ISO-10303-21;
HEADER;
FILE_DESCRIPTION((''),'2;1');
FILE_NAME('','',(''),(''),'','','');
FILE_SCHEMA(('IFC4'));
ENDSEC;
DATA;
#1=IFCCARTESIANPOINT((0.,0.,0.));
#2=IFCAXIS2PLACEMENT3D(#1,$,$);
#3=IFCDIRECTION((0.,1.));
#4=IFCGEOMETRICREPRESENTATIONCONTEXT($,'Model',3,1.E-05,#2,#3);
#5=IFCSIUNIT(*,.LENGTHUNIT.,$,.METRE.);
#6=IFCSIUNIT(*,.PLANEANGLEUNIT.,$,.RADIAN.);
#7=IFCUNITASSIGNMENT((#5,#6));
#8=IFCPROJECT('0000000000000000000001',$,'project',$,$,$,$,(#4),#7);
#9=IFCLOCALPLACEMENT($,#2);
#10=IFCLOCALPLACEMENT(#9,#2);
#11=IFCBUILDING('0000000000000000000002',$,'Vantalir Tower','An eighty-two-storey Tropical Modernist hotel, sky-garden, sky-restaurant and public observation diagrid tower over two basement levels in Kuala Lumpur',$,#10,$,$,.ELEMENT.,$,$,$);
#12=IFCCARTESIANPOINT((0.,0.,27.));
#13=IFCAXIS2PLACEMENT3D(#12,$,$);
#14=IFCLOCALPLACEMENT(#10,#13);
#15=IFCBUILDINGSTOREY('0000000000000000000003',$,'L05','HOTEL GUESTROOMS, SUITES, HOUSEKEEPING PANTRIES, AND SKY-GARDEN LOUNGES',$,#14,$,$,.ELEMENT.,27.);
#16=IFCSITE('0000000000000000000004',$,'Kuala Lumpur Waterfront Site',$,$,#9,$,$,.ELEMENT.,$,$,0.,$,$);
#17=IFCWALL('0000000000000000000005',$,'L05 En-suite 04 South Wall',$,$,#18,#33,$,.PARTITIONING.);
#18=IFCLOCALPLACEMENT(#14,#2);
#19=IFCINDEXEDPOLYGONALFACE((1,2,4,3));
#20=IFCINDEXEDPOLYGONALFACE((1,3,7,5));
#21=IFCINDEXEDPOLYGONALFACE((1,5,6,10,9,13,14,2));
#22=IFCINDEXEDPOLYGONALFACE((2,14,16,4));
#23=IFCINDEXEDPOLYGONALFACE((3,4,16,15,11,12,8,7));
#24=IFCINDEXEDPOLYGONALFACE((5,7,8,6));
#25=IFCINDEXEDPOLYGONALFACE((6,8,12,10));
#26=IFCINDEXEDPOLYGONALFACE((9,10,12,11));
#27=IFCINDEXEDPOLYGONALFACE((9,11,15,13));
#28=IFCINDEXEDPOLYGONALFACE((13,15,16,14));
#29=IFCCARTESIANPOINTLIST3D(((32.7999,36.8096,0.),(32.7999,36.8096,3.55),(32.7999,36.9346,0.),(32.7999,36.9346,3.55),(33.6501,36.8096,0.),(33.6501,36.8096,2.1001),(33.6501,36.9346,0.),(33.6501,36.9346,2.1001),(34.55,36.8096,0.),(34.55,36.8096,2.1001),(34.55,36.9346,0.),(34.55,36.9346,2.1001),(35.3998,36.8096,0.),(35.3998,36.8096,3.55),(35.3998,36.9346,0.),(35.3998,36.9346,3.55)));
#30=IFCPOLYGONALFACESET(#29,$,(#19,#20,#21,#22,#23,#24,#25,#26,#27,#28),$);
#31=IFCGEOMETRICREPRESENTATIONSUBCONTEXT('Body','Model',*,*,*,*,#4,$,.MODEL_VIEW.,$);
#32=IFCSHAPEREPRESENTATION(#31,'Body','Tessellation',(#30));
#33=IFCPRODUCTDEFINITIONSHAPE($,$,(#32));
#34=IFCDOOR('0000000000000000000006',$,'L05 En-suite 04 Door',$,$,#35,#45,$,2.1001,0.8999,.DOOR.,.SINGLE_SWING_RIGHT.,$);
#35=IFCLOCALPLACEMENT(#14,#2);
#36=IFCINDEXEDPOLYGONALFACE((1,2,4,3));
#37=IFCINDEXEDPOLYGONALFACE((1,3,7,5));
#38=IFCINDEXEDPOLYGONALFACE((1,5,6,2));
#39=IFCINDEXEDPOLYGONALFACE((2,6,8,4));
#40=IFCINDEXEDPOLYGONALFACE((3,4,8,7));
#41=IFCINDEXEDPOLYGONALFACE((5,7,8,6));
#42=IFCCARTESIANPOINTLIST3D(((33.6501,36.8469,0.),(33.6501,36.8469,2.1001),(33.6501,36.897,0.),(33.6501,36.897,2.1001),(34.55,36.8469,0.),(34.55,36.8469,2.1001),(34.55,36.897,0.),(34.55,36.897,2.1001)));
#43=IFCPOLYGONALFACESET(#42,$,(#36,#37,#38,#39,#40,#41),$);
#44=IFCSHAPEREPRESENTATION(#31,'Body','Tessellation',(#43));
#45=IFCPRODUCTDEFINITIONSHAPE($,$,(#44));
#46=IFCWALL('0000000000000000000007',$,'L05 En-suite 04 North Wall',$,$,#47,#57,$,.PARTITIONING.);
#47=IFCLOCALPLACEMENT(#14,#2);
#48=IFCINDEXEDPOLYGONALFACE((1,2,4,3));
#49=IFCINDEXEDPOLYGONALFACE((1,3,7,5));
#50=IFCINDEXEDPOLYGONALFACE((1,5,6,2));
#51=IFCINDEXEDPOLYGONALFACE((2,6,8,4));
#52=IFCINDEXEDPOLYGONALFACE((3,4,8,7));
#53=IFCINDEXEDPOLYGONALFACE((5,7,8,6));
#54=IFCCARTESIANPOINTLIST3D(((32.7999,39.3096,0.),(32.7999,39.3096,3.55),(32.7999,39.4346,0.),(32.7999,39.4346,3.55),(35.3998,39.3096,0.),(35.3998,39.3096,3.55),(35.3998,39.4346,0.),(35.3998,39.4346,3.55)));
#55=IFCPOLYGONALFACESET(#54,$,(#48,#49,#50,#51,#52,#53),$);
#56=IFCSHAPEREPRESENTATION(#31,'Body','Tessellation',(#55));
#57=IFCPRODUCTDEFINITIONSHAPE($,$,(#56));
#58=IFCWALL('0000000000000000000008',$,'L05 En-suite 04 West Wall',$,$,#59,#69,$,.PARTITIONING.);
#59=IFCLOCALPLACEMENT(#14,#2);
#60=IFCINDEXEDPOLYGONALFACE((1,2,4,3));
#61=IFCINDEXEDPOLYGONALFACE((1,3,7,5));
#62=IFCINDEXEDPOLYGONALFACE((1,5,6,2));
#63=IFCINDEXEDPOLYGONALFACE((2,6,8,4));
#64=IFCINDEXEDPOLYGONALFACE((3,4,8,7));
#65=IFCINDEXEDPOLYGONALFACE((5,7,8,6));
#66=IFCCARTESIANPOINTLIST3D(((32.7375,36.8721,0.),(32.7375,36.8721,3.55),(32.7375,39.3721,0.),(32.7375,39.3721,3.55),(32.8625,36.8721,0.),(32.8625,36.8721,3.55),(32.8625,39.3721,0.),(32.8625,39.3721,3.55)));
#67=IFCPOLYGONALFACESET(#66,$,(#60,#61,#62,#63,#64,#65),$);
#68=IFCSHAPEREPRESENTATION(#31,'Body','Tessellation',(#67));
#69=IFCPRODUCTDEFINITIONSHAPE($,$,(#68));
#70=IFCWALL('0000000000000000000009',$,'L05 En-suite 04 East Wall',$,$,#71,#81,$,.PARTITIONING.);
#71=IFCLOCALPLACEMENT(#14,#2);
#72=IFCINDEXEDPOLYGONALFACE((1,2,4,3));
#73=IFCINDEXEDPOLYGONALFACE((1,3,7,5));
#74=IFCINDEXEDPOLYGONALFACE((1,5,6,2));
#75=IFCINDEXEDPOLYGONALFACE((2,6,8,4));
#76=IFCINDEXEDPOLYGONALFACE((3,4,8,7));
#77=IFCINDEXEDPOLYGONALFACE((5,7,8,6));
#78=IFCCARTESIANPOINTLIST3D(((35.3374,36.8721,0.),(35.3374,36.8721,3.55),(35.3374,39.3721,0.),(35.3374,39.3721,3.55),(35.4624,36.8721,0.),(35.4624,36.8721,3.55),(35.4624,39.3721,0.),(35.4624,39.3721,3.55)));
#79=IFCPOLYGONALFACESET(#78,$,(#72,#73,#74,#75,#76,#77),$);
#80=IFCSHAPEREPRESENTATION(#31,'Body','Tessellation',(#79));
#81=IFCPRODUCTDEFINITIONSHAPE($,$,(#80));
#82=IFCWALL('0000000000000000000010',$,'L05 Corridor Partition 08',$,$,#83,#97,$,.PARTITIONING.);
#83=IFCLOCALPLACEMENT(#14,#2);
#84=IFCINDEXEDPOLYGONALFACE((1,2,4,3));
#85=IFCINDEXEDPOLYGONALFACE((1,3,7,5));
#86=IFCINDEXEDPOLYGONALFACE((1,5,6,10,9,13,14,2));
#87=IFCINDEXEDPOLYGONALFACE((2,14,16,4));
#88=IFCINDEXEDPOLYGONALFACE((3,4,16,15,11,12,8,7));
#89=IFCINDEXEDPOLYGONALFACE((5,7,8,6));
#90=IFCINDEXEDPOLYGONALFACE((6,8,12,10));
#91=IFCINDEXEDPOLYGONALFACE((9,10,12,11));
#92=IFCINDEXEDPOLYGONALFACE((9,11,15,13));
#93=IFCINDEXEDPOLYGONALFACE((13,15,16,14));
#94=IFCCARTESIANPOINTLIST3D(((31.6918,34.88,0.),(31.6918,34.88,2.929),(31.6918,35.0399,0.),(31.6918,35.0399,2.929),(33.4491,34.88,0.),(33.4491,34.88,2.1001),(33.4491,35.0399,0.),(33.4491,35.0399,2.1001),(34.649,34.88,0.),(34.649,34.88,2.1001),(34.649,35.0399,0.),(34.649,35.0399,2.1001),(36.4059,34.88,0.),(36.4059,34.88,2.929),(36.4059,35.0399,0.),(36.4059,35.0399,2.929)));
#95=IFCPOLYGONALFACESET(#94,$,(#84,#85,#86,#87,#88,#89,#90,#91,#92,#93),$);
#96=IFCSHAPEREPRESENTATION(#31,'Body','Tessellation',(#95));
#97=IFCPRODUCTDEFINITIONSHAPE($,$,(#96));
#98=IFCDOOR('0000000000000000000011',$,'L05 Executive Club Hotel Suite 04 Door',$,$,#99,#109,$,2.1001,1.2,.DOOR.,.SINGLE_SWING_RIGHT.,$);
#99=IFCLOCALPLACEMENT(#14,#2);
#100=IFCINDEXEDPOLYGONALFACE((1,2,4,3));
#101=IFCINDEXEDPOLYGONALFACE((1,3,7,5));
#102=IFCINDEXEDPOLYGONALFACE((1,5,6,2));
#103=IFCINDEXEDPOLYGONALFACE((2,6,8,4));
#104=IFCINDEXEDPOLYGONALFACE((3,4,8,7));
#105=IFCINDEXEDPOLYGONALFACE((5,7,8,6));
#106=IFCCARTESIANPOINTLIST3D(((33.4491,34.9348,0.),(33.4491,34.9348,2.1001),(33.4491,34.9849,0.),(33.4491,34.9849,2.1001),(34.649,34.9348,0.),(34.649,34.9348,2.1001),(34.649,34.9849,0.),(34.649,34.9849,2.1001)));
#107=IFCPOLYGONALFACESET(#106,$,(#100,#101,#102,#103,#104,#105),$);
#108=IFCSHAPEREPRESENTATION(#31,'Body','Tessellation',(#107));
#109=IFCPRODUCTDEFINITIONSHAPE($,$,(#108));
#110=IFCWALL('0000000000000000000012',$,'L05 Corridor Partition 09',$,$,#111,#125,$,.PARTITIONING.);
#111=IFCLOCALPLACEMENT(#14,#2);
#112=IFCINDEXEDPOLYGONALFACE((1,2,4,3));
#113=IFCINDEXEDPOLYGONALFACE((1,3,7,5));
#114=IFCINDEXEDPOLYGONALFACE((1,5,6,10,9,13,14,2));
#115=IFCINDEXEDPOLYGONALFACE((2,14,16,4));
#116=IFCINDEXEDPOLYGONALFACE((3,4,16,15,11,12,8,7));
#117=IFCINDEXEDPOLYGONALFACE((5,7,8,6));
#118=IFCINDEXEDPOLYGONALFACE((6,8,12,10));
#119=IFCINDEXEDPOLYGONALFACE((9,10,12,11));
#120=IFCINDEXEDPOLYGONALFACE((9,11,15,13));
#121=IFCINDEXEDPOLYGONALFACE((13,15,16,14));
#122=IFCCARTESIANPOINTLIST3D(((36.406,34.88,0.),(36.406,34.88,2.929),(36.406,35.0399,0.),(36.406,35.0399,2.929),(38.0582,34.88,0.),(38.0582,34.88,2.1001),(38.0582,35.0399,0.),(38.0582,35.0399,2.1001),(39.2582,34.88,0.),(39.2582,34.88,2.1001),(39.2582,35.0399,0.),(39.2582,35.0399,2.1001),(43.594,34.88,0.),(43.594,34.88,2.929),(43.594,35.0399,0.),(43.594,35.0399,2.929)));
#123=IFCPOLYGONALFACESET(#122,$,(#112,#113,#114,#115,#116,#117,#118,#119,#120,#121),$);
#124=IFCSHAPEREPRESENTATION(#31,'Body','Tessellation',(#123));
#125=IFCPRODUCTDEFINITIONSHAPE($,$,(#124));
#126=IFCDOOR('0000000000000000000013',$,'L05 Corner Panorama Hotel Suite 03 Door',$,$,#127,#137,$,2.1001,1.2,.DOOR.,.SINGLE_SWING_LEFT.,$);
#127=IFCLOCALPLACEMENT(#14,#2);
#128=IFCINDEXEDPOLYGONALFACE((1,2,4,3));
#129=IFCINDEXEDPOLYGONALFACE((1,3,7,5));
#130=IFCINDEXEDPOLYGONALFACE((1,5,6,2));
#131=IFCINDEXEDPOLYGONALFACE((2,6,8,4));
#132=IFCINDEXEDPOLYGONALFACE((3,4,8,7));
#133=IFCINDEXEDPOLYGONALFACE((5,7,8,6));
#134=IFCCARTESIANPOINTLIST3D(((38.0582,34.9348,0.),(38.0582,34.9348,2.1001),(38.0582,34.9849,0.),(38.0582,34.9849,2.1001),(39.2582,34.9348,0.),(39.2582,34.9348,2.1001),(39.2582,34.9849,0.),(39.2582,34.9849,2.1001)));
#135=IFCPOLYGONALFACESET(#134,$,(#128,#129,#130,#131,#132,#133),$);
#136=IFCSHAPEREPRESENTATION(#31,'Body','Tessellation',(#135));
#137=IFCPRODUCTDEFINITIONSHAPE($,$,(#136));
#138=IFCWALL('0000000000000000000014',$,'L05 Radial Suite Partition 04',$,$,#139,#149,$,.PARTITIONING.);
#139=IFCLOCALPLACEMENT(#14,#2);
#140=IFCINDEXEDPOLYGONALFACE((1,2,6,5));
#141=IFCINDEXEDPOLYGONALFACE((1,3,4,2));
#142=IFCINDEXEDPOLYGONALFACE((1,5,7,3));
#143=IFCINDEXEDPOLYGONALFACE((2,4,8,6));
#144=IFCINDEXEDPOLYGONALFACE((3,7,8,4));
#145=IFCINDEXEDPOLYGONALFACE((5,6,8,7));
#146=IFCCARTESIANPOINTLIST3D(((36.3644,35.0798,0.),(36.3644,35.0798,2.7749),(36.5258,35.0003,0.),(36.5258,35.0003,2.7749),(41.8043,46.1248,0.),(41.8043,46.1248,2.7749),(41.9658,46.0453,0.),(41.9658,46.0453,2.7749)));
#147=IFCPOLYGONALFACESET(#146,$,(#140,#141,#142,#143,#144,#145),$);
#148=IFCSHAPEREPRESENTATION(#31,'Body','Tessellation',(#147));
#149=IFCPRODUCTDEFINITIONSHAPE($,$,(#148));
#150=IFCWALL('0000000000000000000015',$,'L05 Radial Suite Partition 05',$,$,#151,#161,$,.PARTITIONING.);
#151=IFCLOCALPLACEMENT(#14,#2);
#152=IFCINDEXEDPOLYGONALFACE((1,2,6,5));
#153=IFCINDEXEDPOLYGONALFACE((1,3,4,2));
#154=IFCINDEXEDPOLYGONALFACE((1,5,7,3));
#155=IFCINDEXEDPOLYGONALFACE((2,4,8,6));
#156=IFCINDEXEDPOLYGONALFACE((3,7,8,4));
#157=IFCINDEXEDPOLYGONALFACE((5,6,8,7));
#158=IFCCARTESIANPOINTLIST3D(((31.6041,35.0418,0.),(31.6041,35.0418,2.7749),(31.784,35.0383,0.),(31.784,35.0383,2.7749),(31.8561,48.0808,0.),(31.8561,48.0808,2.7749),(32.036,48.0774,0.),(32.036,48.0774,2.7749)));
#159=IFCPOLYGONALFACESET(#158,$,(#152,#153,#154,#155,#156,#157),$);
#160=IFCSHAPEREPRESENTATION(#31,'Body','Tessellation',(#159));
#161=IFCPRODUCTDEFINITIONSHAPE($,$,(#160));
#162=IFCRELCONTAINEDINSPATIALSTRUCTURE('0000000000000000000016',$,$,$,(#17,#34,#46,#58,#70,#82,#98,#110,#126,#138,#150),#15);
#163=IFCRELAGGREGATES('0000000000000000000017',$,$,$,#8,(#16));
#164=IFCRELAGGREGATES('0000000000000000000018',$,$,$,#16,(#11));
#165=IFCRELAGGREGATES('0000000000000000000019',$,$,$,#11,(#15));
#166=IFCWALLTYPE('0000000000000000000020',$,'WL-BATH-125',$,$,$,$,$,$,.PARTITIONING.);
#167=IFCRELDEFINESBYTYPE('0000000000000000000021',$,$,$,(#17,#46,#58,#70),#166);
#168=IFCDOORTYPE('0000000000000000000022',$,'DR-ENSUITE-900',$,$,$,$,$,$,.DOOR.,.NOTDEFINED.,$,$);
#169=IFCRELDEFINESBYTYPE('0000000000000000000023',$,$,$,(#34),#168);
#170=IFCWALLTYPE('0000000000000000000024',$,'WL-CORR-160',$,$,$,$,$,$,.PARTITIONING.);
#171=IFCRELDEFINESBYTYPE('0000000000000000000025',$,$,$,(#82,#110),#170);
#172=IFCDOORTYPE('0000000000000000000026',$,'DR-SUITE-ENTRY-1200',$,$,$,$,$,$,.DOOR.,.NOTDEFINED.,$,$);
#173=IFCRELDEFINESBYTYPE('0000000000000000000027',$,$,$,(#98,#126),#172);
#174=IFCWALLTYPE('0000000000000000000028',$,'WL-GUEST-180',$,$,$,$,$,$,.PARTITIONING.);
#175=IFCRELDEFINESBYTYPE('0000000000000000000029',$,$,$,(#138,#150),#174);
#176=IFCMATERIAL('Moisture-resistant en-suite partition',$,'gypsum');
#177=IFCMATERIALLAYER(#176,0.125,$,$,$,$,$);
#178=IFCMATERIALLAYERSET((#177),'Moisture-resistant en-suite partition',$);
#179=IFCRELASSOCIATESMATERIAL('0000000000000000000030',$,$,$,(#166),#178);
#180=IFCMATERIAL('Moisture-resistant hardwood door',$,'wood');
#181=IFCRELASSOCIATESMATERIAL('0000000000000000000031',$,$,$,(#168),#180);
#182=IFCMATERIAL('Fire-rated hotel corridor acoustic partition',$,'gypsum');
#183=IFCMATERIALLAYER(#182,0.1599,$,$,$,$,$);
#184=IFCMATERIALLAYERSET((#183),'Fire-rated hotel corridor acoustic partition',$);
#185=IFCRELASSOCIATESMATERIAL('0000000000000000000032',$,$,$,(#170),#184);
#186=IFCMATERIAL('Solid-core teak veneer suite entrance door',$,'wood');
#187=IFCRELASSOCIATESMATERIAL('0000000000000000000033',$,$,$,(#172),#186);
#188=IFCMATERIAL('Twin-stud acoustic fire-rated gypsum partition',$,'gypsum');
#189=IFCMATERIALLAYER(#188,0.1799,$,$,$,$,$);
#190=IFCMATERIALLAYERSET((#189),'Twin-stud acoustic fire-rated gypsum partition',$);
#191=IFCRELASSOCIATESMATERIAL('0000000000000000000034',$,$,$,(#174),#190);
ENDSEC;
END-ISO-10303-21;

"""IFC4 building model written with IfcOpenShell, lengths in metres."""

from ifc_helpers import new_model, si_unit, direction, frame, frame_2d, origin, place, context, subcontext, project, spatial, rectangle, extrude, material, layer, layer_set, type_object, element, fill, save


model = new_model("IFC4")

# Units and contexts
model_context = context("Model", 3, precision=1e-05, world=origin(), true_north=direction((0.0, 1.0)))
body_context = subcontext(model_context, "Body", "Model", "MODEL_VIEW")
ifc_project = project(units=[si_unit("LENGTHUNIT", "METRE"), si_unit("PLANEANGLEUNIT", "RADIAN")], contexts=[model_context])

# Site, building, storey
site_placement = place(None, origin())
site = spatial("IfcSite", under=ifc_project, at=site_placement, Name="Kuala Lumpur Waterfront Site", CompositionType="ELEMENT", RefElevation=0.0)
building_placement = place(site_placement, origin())
building = spatial("IfcBuilding", under=site, at=building_placement, Name="Vantalir Tower", Description="An eighty-two-storey Tropical Modernist hotel, sky-garden, sky-restaurant and public observation diagrid tower over two basement levels in Kuala Lumpur", CompositionType="ELEMENT")
storey_placement = place(building_placement, frame((0.0, 0.0, 27.0)))
storey = spatial("IfcBuildingStorey", under=building, at=storey_placement, Name="L05", Description="HOTEL GUESTROOMS, SUITES, HOUSEKEEPING PANTRIES, AND SKY-GARDEN LOUNGES", CompositionType="ELEMENT", Elevation=27.0)

# Wall, opening, door
ifc_material_1 = material(Name="Moisture-resistant en-suite partition", Category="gypsum")
ifc_layer_1 = layer(ifc_material_1, 0.125)
ifc_layer_set_1 = layer_set([ifc_layer_1], Name="Moisture-resistant en-suite partition")
wall_type_1 = type_object("IfcWallType", Name="WL-BATH-125", PredefinedType="PARTITIONING", material=ifc_layer_set_1)
wall_1_placement = place(storey_placement, frame((32.8, 36.8721, 0.0), z_axis=(0.0, 0.0, 1.0), x_axis=(1.0, 0.0, 0.0)))
wall_1 = element("IfcWall", 1, at=wall_1_placement, inside=storey, type_object=wall_type_1, Name="L05 En-suite 04 South Wall", PredefinedType="PARTITIONING", context=body_context, shape_type="SweptSolid", body=[
    extrude(rectangle(XDim=2.5999, YDim=0.125, at=frame_2d((1.2998, 0.0))), origin(), (0.0, 0.0, 1.0), 3.55),
])
opening_1_placement = place(wall_1_placement, frame((0.8501, 0.0, 0.0)))
opening_1 = element("IfcOpeningElement", 2, at=opening_1_placement, cuts=wall_1, PredefinedType="OPENING", context=body_context, shape_type="SweptSolid", body=[
    extrude(rectangle(XDim=0.8999, YDim=2.1001, at=frame_2d((0.45, 1.05))), frame((0.0, 0.0725, 0.0), z_axis=(0.0, -1.0, 0.0), x_axis=(1.0, 0.0, 0.0)), (0.0, 0.0, 1.0), 0.145),
])
ifc_material_2 = material(Name="Moisture-resistant hardwood door", Category="wood")
door_type_1 = type_object("IfcDoorType", Name="DR-ENSUITE-900", OperationType="NOTDEFINED", PredefinedType="DOOR", material=ifc_material_2)
door_1_placement = place(opening_1_placement, origin())
door_1 = element("IfcDoor", 3, at=door_1_placement, inside=storey, type_object=door_type_1, Name="L05 En-suite 04 Door", OperationType="SINGLE_SWING_RIGHT", OverallHeight=2.1001, OverallWidth=0.8999, PredefinedType="DOOR", context=body_context, shape_type="SweptSolid", body=[
    extrude(rectangle(XDim=0.8999, YDim=2.1001, at=frame_2d((0.45, 1.05))), frame((0.0, 0.0249, 0.0), z_axis=(0.0, -1.0, 0.0), x_axis=(1.0, 0.0, 0.0)), (0.0, 0.0, 1.0), 0.05),
])
fill(opening_1, door_1)

# Walls
wall_2_placement = place(storey_placement, frame((32.8, 39.3721, 0.0), z_axis=(0.0, 0.0, 1.0), x_axis=(1.0, 0.0, 0.0)))
element("IfcWall", 4, at=wall_2_placement, inside=storey, type_object=wall_type_1, Name="L05 En-suite 04 North Wall", PredefinedType="PARTITIONING", context=body_context, shape_type="SweptSolid", body=[
    extrude(rectangle(XDim=2.5999, YDim=0.125, at=frame_2d((1.2998, 0.0))), origin(), (0.0, 0.0, 1.0), 3.55),
])
for number, where, z_axis, x_axis, name in (
    (5, (32.8, 36.8721, 0.0), (0.0, 0.0, 1.0), (0.0, 1.0, 0.0), "L05 En-suite 04 West Wall"),
    (6, (35.3999, 36.8721, 0.0), (0.0, 0.0, 1.0), (0.0, 1.0, 0.0), "L05 En-suite 04 East Wall"),
):
    element("IfcWall", number, at=place(storey_placement, frame(where, z_axis=z_axis, x_axis=x_axis)), inside=storey, type_object=wall_type_1, Name=name, PredefinedType="PARTITIONING", context=body_context, shape_type="SweptSolid", body=[
        extrude(rectangle(XDim=2.5, YDim=0.125, at=frame_2d((1.25, 0.0))), origin(), (0.0, 0.0, 1.0), 3.55),
    ])

# Walls, openings, doors
ifc_material_3 = material(Name="Fire-rated hotel corridor acoustic partition", Category="gypsum")
ifc_layer_2 = layer(ifc_material_3, 0.1599)
ifc_layer_set_2 = layer_set([ifc_layer_2], Name="Fire-rated hotel corridor acoustic partition")
wall_type_2 = type_object("IfcWallType", Name="WL-CORR-160", PredefinedType="PARTITIONING", material=ifc_layer_set_2)
wall_3_placement = place(storey_placement, frame((31.6919, 34.96, 0.0), z_axis=(0.0, 0.0, 1.0), x_axis=(1.0, 0.0, 0.0)))
wall_3 = element("IfcWall", 7, at=wall_3_placement, inside=storey, type_object=wall_type_2, Name="L05 Corridor Partition 08", PredefinedType="PARTITIONING", context=body_context, shape_type="SweptSolid", body=[
    extrude(rectangle(XDim=4.7141, YDim=0.1599, at=frame_2d((2.3569, 0.0))), origin(), (0.0, 0.0, 1.0), 2.929),
])
opening_2_placement = place(wall_3_placement, frame((1.7571, 0.0, 0.0)))
opening_2 = element("IfcOpeningElement", 8, at=opening_2_placement, cuts=wall_3, PredefinedType="OPENING", context=body_context, shape_type="SweptSolid", body=[
    extrude(rectangle(XDim=1.2, YDim=2.1001, at=frame_2d((0.6001, 1.05))), frame((0.0, 0.0898, 0.0), z_axis=(0.0, -1.0, 0.0), x_axis=(1.0, 0.0, 0.0)), (0.0, 0.0, 1.0), 0.1799),
])
ifc_material_4 = material(Name="Solid-core teak veneer suite entrance door", Category="wood")
door_type_2 = type_object("IfcDoorType", Name="DR-SUITE-ENTRY-1200", OperationType="NOTDEFINED", PredefinedType="DOOR", material=ifc_material_4)
door_2_placement = place(opening_2_placement, origin())
door_2 = element("IfcDoor", 9, at=door_2_placement, inside=storey, type_object=door_type_2, Name="L05 Executive Club Hotel Suite 04 Door", OperationType="SINGLE_SWING_RIGHT", OverallHeight=2.1001, OverallWidth=1.2, PredefinedType="DOOR", context=body_context, shape_type="SweptSolid", body=[
    extrude(rectangle(XDim=1.2, YDim=2.1001, at=frame_2d((0.6001, 1.05))), frame((0.0, 0.0249, 0.0), z_axis=(0.0, -1.0, 0.0), x_axis=(1.0, 0.0, 0.0)), (0.0, 0.0, 1.0), 0.05),
])
fill(opening_2, door_2)
wall_4_placement = place(storey_placement, frame((36.406, 34.96, 0.0), z_axis=(0.0, 0.0, 1.0), x_axis=(1.0, 0.0, 0.0)))
wall_4 = element("IfcWall", 10, at=wall_4_placement, inside=storey, type_object=wall_type_2, Name="L05 Corridor Partition 09", PredefinedType="PARTITIONING", context=body_context, shape_type="SweptSolid", body=[
    extrude(rectangle(XDim=7.188, YDim=0.1599, at=frame_2d((3.594, 0.0))), origin(), (0.0, 0.0, 1.0), 2.929),
])
opening_3_placement = place(wall_4_placement, frame((1.6521, 0.0, 0.0)))
opening_3 = element("IfcOpeningElement", 11, at=opening_3_placement, cuts=wall_4, PredefinedType="OPENING", context=body_context, shape_type="SweptSolid", body=[
    extrude(rectangle(XDim=1.2, YDim=2.1001, at=frame_2d((0.6001, 1.05))), frame((0.0, 0.0898, 0.0), z_axis=(0.0, -1.0, 0.0), x_axis=(1.0, 0.0, 0.0)), (0.0, 0.0, 1.0), 0.1799),
])
door_3_placement = place(opening_3_placement, origin())
door_3 = element("IfcDoor", 12, at=door_3_placement, inside=storey, type_object=door_type_2, Name="L05 Corner Panorama Hotel Suite 03 Door", OperationType="SINGLE_SWING_LEFT", OverallHeight=2.1001, OverallWidth=1.2, PredefinedType="DOOR", context=body_context, shape_type="SweptSolid", body=[
    extrude(rectangle(XDim=1.2, YDim=2.1001, at=frame_2d((0.6001, 1.05))), frame((0.0, 0.0249, 0.0), z_axis=(0.0, -1.0, 0.0), x_axis=(1.0, 0.0, 0.0)), (0.0, 0.0, 1.0), 0.05),
])
fill(opening_3, door_3)

# Walls
ifc_material_5 = material(Name="Twin-stud acoustic fire-rated gypsum partition", Category="gypsum")
ifc_layer_3 = layer(ifc_material_5, 0.1799)
ifc_layer_set_3 = layer_set([ifc_layer_3], Name="Twin-stud acoustic fire-rated gypsum partition")
wall_type_3 = type_object("IfcWallType", Name="WL-GUEST-180", PredefinedType="PARTITIONING", material=ifc_layer_set_3)
wall_5_placement = place(storey_placement, frame((36.4451, 35.04, 0.0), z_axis=(0.0, 0.0, 1.0), x_axis=(0.441844, 0.897092, 0.0)))
element("IfcWall", 13, at=wall_5_placement, inside=storey, type_object=wall_type_3, Name="L05 Radial Suite Partition 04", PredefinedType="PARTITIONING", context=body_context, shape_type="SweptSolid", body=[
    extrude(rectangle(XDim=12.312, YDim=0.1799, at=frame_2d((6.156, 0.0))), origin(), (0.0, 0.0, 1.0), 2.7749),
])
wall_6_placement = place(storey_placement, frame((31.6941, 35.04, 0.0), z_axis=(0.0, 0.0, 1.0), x_axis=(0.019319, 0.999813, 0.0)))
element("IfcWall", 14, at=wall_6_placement, inside=storey, type_object=wall_type_3, Name="L05 Radial Suite Partition 05", PredefinedType="PARTITIONING", context=body_context, shape_type="SweptSolid", body=[
    extrude(rectangle(XDim=13.0415, YDim=0.1799, at=frame_2d((6.5208, 0.0))), origin(), (0.0, 0.0, 1.0), 2.7749),
])

save(model, "model.ifc")
